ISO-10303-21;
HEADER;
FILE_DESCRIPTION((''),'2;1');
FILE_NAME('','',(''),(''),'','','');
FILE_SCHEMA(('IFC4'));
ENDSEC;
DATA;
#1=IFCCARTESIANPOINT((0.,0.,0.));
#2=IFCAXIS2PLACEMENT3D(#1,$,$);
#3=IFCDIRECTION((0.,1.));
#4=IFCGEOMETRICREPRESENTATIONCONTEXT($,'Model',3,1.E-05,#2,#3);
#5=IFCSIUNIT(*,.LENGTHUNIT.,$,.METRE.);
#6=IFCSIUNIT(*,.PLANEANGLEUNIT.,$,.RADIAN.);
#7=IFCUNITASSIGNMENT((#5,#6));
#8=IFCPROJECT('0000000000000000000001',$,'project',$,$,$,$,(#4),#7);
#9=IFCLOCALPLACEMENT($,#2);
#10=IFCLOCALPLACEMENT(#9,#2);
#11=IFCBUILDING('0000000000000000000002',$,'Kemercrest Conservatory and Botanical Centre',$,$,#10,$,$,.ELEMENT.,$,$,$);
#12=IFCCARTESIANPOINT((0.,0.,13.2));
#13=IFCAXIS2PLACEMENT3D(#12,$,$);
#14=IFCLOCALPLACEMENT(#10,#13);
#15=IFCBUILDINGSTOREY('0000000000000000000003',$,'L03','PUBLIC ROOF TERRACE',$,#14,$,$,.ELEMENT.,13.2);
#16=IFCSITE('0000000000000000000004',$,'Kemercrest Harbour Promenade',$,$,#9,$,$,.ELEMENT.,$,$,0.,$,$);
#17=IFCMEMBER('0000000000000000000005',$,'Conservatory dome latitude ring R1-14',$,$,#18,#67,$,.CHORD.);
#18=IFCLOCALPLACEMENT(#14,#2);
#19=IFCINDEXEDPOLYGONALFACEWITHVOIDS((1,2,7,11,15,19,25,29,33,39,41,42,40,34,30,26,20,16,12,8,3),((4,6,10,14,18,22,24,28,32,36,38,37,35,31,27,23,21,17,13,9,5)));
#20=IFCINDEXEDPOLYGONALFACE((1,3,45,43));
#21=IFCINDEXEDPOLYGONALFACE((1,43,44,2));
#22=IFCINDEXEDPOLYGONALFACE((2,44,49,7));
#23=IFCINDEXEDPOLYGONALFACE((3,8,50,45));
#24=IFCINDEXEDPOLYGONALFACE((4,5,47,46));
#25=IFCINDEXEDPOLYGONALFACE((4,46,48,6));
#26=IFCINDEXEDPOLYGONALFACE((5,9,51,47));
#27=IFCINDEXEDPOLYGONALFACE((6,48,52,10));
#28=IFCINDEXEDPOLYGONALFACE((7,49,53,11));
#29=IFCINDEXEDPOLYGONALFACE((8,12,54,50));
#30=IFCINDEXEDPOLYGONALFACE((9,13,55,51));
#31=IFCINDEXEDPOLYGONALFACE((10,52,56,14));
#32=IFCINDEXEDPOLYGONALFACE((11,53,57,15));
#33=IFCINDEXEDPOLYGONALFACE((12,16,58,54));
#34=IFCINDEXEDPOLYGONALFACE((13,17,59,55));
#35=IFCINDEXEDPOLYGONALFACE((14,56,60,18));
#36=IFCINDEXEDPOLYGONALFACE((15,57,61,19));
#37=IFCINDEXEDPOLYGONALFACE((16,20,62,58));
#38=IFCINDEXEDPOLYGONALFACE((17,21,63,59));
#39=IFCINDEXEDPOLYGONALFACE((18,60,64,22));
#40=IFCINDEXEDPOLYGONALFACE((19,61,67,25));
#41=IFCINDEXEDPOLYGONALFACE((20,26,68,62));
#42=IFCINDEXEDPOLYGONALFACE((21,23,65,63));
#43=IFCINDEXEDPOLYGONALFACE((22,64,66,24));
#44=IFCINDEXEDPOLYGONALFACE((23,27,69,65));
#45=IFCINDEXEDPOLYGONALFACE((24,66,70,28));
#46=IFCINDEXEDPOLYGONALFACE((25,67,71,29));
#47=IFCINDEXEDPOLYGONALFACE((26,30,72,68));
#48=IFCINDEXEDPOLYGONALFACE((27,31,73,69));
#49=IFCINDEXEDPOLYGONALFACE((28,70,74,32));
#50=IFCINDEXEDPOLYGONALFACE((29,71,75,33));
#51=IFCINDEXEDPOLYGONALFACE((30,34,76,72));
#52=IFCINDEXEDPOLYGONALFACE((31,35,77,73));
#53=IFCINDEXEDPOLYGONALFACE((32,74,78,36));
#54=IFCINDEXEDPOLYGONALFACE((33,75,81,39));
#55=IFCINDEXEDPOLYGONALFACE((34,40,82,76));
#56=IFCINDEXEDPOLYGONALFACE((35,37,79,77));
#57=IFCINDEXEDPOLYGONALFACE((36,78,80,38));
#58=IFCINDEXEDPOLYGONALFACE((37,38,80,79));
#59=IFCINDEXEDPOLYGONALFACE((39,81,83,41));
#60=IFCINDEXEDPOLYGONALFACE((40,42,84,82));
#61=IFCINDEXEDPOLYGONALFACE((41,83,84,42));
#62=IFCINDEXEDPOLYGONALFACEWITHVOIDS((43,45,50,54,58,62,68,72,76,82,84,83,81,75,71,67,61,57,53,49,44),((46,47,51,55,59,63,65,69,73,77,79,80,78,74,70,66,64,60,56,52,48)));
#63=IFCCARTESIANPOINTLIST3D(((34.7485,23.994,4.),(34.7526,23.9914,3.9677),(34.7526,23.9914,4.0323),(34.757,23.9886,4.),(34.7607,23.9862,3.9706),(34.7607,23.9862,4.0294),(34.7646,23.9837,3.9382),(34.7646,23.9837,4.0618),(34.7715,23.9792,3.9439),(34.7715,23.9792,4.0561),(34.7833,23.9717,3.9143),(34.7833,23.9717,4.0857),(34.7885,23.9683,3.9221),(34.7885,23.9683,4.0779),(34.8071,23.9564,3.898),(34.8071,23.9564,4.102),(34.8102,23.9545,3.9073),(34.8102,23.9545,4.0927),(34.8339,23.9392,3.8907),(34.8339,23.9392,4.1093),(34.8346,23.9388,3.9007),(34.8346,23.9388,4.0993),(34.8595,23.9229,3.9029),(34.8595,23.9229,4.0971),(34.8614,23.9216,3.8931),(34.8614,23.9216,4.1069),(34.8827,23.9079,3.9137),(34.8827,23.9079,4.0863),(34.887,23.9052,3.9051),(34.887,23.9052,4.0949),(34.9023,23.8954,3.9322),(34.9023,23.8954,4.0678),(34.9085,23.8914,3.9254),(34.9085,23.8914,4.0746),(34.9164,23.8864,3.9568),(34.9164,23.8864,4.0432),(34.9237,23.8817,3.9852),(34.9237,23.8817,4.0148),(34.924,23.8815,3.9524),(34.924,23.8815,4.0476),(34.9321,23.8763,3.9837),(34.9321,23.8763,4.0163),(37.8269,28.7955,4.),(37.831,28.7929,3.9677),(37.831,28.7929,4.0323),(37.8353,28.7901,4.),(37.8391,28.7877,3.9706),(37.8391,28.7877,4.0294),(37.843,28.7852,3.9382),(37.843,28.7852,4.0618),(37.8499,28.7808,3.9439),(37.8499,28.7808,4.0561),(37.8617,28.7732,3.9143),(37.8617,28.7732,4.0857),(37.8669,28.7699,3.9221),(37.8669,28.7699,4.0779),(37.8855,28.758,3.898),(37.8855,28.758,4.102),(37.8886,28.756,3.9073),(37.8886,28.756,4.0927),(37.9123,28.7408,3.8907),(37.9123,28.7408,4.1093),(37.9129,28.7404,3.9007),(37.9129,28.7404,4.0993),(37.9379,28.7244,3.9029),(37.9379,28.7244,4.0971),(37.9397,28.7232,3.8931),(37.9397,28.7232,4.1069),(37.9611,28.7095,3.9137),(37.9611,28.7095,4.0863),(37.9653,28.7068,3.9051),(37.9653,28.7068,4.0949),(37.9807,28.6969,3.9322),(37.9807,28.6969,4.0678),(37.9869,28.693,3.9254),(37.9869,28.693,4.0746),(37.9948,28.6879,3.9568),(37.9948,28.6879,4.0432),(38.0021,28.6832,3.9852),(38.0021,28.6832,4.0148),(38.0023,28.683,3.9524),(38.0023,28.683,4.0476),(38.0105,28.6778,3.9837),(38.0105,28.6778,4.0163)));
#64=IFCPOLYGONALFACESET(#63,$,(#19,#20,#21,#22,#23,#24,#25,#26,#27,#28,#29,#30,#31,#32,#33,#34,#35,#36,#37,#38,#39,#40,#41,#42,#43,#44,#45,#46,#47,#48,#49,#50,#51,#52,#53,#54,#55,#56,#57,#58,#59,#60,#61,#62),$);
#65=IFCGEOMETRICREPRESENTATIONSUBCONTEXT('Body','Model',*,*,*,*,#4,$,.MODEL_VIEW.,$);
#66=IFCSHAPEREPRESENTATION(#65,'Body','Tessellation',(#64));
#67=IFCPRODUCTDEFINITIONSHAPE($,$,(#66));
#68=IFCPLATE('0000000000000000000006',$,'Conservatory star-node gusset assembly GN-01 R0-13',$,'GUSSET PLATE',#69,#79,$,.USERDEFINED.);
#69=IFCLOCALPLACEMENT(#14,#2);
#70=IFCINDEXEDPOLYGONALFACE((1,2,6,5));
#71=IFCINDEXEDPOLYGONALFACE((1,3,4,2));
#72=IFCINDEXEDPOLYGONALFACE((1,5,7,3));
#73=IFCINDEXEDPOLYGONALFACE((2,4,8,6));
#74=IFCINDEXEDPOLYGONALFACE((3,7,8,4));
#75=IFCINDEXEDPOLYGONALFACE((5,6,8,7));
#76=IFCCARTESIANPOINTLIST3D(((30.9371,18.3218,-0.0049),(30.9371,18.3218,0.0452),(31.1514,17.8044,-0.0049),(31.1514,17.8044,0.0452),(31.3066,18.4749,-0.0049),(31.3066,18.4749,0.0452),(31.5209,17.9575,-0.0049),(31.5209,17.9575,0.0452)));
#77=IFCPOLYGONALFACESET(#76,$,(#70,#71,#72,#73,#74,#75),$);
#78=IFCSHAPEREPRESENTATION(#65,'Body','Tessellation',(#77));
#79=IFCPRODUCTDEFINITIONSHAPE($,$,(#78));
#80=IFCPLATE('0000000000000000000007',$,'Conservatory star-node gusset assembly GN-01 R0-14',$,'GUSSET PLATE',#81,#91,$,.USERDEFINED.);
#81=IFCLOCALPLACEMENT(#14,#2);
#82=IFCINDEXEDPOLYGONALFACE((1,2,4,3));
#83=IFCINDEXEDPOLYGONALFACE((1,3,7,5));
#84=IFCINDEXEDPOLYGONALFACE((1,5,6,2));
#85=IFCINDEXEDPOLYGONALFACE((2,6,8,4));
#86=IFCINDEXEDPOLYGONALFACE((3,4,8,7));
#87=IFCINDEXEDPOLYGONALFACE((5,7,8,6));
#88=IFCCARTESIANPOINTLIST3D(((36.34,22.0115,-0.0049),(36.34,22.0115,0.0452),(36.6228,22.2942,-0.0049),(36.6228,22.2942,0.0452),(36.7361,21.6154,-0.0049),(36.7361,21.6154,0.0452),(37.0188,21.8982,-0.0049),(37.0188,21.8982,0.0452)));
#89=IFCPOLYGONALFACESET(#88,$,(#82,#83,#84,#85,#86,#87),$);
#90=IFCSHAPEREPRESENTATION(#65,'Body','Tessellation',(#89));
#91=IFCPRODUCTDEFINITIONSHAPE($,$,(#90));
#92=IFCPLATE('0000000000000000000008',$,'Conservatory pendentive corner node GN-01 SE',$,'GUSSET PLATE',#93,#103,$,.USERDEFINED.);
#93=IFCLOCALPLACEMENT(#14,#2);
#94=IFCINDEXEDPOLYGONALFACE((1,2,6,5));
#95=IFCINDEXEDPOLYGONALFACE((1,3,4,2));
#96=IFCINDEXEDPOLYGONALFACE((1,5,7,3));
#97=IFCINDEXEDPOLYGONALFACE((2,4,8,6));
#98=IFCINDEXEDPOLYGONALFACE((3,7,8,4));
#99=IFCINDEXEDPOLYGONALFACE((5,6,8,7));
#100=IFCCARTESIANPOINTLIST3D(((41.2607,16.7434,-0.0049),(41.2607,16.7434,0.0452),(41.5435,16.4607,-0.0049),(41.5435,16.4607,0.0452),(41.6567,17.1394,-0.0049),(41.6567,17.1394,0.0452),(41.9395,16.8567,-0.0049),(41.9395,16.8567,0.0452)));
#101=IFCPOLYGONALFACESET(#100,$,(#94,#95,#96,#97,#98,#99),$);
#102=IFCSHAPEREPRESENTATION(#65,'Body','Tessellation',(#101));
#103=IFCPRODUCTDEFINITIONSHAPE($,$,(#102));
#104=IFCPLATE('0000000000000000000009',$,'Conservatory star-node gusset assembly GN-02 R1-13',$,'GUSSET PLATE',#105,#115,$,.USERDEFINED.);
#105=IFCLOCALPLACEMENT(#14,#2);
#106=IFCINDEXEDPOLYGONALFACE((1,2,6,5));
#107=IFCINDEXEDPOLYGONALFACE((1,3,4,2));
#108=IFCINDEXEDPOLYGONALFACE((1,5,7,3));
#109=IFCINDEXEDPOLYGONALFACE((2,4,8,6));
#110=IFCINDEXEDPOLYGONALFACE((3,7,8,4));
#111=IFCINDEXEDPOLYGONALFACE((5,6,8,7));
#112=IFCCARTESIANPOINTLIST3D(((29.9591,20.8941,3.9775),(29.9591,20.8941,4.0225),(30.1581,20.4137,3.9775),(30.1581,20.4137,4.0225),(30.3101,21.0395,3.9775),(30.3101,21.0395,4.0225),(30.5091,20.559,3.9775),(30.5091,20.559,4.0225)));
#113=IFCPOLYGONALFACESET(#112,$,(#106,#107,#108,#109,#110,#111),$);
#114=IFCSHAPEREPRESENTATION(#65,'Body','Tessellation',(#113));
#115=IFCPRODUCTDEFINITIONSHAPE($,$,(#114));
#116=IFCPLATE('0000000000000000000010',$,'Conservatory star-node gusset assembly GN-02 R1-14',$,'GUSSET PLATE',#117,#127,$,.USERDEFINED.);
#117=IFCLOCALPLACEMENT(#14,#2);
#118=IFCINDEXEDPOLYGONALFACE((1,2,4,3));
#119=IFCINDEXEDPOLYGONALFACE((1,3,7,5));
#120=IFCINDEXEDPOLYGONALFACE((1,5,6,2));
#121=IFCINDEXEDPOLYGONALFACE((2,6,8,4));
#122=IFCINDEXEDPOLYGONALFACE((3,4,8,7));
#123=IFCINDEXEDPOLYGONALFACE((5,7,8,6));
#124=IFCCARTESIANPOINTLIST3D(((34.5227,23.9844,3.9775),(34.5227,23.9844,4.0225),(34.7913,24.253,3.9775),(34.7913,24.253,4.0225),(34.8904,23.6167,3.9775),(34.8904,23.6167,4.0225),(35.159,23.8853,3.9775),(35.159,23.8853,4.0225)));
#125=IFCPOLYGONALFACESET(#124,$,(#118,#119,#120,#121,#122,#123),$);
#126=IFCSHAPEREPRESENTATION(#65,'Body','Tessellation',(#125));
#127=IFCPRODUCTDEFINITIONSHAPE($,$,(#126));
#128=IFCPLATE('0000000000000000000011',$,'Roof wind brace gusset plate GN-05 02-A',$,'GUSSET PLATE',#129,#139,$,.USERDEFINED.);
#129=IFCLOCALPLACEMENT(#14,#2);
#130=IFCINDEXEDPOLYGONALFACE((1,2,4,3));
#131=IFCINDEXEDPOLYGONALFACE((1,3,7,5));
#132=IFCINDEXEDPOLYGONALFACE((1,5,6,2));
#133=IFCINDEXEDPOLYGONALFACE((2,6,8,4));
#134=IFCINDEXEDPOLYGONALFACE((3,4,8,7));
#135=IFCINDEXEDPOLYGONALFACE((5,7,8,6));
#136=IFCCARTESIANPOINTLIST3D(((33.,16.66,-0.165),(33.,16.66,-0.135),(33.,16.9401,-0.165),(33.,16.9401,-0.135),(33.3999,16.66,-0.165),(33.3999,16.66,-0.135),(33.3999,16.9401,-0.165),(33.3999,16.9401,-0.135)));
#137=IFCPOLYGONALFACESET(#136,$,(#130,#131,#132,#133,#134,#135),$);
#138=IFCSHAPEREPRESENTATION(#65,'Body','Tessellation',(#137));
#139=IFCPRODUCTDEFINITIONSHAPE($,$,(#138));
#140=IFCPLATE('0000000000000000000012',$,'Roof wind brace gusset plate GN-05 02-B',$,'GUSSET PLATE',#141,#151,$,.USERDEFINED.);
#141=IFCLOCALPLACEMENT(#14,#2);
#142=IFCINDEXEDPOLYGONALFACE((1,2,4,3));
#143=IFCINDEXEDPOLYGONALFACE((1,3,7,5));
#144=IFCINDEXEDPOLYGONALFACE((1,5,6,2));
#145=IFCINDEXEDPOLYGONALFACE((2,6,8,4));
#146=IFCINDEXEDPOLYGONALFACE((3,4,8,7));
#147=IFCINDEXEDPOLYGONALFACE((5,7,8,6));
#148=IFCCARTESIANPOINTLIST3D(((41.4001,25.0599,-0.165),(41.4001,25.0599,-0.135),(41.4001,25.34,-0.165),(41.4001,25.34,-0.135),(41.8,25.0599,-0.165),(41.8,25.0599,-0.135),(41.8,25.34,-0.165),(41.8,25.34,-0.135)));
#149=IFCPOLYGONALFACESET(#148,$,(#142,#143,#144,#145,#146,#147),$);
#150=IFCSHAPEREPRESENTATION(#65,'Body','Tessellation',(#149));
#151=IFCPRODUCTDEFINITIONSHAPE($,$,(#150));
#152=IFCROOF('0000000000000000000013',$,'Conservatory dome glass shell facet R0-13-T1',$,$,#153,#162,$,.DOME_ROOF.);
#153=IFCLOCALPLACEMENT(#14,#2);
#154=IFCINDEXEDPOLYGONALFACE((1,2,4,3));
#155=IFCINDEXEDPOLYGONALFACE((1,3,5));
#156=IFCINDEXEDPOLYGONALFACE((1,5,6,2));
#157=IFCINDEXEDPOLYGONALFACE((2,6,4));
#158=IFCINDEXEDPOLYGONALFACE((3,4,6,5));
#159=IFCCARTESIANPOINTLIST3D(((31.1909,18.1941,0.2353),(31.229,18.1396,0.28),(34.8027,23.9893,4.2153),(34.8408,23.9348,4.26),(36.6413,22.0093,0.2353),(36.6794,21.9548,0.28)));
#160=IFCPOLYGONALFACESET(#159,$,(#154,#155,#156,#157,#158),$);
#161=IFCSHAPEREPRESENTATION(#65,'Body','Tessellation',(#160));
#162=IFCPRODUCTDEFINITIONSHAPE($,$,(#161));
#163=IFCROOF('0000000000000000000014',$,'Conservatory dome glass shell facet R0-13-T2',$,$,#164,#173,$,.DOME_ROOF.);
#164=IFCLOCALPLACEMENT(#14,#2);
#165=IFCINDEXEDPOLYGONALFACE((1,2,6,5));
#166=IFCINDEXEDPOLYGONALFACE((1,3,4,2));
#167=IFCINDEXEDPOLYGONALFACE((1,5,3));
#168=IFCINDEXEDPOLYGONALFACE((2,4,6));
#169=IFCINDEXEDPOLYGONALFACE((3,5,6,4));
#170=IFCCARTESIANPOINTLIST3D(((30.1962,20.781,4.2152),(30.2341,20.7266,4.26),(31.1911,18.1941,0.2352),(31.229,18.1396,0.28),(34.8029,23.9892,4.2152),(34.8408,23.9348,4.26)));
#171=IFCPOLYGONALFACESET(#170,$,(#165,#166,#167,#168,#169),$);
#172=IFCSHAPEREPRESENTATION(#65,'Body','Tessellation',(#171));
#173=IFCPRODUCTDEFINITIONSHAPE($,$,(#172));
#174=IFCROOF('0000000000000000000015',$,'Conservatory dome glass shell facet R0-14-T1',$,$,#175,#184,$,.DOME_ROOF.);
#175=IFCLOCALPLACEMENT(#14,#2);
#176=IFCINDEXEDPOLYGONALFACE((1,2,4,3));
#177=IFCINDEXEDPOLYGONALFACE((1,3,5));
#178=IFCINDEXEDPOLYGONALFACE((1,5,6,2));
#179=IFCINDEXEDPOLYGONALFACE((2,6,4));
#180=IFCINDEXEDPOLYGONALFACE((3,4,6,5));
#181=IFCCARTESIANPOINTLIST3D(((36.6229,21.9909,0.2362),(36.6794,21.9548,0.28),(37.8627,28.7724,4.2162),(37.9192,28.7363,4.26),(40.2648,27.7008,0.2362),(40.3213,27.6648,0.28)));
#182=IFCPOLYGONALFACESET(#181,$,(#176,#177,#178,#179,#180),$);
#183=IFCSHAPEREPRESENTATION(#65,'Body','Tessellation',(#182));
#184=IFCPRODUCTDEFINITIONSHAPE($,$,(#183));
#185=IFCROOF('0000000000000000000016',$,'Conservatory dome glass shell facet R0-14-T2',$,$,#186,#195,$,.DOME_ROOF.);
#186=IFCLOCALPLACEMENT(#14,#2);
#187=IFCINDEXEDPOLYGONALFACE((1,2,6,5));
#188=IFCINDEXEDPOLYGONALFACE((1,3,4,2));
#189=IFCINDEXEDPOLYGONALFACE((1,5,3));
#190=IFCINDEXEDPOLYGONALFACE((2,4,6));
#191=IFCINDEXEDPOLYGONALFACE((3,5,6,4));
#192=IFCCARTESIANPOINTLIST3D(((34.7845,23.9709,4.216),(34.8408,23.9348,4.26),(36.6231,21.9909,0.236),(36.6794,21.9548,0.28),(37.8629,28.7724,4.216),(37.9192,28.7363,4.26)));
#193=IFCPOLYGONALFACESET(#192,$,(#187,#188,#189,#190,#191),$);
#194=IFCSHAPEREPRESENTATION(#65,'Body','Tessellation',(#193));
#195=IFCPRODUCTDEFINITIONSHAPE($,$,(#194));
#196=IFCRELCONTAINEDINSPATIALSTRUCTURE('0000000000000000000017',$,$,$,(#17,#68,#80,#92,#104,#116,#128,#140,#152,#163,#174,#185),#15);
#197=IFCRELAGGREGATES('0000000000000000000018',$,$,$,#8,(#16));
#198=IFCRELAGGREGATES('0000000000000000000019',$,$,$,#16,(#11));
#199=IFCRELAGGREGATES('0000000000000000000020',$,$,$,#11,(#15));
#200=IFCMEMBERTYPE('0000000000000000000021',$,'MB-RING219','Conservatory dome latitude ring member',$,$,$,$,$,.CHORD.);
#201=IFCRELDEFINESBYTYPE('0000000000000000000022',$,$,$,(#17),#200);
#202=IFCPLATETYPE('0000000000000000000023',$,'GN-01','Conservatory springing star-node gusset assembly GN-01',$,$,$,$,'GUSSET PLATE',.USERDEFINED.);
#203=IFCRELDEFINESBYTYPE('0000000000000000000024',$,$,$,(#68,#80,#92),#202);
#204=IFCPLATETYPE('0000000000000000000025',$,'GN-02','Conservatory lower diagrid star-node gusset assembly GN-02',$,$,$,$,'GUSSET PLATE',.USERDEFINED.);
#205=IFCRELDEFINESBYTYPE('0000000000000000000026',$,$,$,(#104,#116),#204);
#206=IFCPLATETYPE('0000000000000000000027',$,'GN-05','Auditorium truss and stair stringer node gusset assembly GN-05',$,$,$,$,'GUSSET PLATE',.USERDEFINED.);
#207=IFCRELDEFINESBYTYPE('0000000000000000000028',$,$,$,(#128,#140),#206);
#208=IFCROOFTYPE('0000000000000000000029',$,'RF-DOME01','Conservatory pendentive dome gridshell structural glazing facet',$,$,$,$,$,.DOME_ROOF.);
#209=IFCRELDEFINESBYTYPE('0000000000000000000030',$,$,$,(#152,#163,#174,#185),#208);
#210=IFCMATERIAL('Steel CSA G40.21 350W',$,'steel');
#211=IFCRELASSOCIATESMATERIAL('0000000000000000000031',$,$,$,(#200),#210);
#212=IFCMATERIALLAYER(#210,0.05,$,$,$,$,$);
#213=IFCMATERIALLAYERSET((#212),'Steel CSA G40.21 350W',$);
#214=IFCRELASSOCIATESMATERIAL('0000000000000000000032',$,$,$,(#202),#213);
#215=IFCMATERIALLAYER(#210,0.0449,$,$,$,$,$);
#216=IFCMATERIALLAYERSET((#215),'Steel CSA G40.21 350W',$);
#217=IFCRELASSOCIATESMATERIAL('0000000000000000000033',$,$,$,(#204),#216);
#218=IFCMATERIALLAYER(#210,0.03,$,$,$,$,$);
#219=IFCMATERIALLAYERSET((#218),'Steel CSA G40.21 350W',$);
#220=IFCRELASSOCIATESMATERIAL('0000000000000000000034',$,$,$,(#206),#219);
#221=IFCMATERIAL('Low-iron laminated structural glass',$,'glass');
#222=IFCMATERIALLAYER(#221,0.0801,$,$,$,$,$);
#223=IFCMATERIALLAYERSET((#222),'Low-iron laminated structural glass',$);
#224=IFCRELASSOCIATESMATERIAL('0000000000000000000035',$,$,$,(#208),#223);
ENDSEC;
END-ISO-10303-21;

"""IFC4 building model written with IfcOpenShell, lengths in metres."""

from ifc_helpers import new_model, si_unit, direction, frame, origin, origin_2d, place, context, subcontext, project, spatial, polyline, rectangle, hollow_circle, outline, extrude, material, layer, layer_set, material_profile, profile_set, type_object, element, save


model = new_model("IFC4")

# Units and contexts
model_context = context("Model", 3, precision=1e-05, world=origin(), true_north=direction((0.0, 1.0)))
body_context = subcontext(model_context, "Body", "Model", "MODEL_VIEW")
ifc_project = project(units=[si_unit("LENGTHUNIT", "METRE"), si_unit("PLANEANGLEUNIT", "RADIAN")], contexts=[model_context])

# Site, building, storey
site_placement = place(None, origin())
site = spatial("IfcSite", under=ifc_project, at=site_placement, Name="Kemercrest Harbour Promenade", CompositionType="ELEMENT", RefElevation=0.0)
building_placement = place(site_placement, origin())
building = spatial("IfcBuilding", under=site, at=building_placement, Name="Kemercrest Conservatory and Botanical Centre", CompositionType="ELEMENT")
storey_placement = place(building_placement, frame((0.0, 0.0, 13.2)))
storey = spatial("IfcBuildingStorey", under=building, at=storey_placement, Name="L03", Description="PUBLIC ROOF TERRACE", CompositionType="ELEMENT", Elevation=13.2)

# Shared definitions
ifc_material_1 = material(Name="Steel CSA G40.21 350W", Category="steel")

# Member
ifc_material_profile_1 = material_profile(ifc_material_1, hollow_circle(Radius=0.1096, WallThickness=0.01, at=origin_2d()), Name="CHS 219.1x10.0")
ifc_profile_set_1 = profile_set([ifc_material_profile_1], Name="Steel CSA G40.21 350W")
member_type_1 = type_object("IfcMemberType", Name="MB-RING219", Description="Conservatory dome latitude ring member", PredefinedType="CHORD", material=ifc_profile_set_1)
member_1_placement = place(storey_placement, frame((34.8408, 23.9348, 4.0), z_axis=(0.539725, 0.841841, 0.0), x_axis=(-0.841841, 0.539725, 0.0)))
element("IfcMember", 1, at=member_1_placement, inside=storey, type_object=member_type_1, Name="Conservatory dome latitude ring R1-14", PredefinedType="CHORD", context=body_context, shape_type="SweptSolid", body=[
    extrude(hollow_circle(Radius=0.1096, WallThickness=0.01, at=origin_2d()), origin(), (0.0, 0.0, 1.0), 5.7036),
])

# Plates
ifc_layer_1 = layer(ifc_material_1, 0.05)
ifc_layer_set_1 = layer_set([ifc_layer_1], Name="Steel CSA G40.21 350W")
plate_type_1 = type_object("IfcPlateType", Name="GN-01", Description="Conservatory springing star-node gusset assembly GN-01", ElementType="GUSSET PLATE", PredefinedType="USERDEFINED", material=ifc_layer_set_1)
for number, where, z_axis, x_axis, name in (
    (2, (31.229, 18.1396, -0.0049), (0.0, 0.0, 1.0), (-0.382683, 0.92388, 0.0), "Conservatory star-node gusset assembly GN-01 R0-13"),
    (3, (36.6794, 21.9548, -0.0049), (0.0, 0.0, 1.0), (-0.707107, 0.707107, 0.0), "Conservatory star-node gusset assembly GN-01 R0-14"),
    (4, (41.6001, 16.8, -0.0049), (0.0, 0.0, 1.0), (0.707107, 0.707107, 0.0), "Conservatory pendentive corner node GN-01 SE"),
):
    element("IfcPlate", number, at=place(storey_placement, frame(where, z_axis=z_axis, x_axis=x_axis)), inside=storey, type_object=plate_type_1, Name=name, ObjectType="GUSSET PLATE", PredefinedType="USERDEFINED", context=body_context, shape_type="SweptSolid", body=[
        extrude(rectangle(XDim=0.5601, YDim=0.3999, at=origin_2d()), origin(), (0.0, 0.0, 1.0), 0.05),
    ])
ifc_layer_2 = layer(ifc_material_1, 0.0449)
ifc_layer_set_2 = layer_set([ifc_layer_2], Name="Steel CSA G40.21 350W")
plate_type_2 = type_object("IfcPlateType", Name="GN-02", Description="Conservatory lower diagrid star-node gusset assembly GN-02", ElementType="GUSSET PLATE", PredefinedType="USERDEFINED", material=ifc_layer_set_2)
for number, where, z_axis, x_axis, name in (
    (5, (30.2341, 20.7266, 3.9775), (0.0, 0.0, 1.0), (-0.382683, 0.92388, 0.0), "Conservatory star-node gusset assembly GN-02 R1-13"),
    (6, (34.8408, 23.9348, 3.9775), (0.0, 0.0, 1.0), (-0.707107, 0.707107, 0.0), "Conservatory star-node gusset assembly GN-02 R1-14"),
):
    element("IfcPlate", number, at=place(storey_placement, frame(where, z_axis=z_axis, x_axis=x_axis)), inside=storey, type_object=plate_type_2, Name=name, ObjectType="GUSSET PLATE", PredefinedType="USERDEFINED", context=body_context, shape_type="SweptSolid", body=[
        extrude(rectangle(XDim=0.52, YDim=0.3799, at=origin_2d()), origin(), (0.0, 0.0, 1.0), 0.0449),
    ])
ifc_layer_3 = layer(ifc_material_1, 0.03)
ifc_layer_set_3 = layer_set([ifc_layer_3], Name="Steel CSA G40.21 350W")
plate_type_3 = type_object("IfcPlateType", Name="GN-05", Description="Auditorium truss and stair stringer node gusset assembly GN-05", ElementType="GUSSET PLATE", PredefinedType="USERDEFINED", material=ifc_layer_set_3)
for number, where, z_axis, x_axis, name in (
    (7, (33.2, 16.8, -0.165), (0.0, 0.0, 1.0), (1.0, 0.0, 0.0), "Roof wind brace gusset plate GN-05 02-A"),
    (8, (41.6001, 25.2, -0.165), (0.0, 0.0, 1.0), (1.0, 0.0, 0.0), "Roof wind brace gusset plate GN-05 02-B"),
):
    element("IfcPlate", number, at=place(storey_placement, frame(where, z_axis=z_axis, x_axis=x_axis)), inside=storey, type_object=plate_type_3, Name=name, ObjectType="GUSSET PLATE", PredefinedType="USERDEFINED", context=body_context, shape_type="SweptSolid", body=[
        extrude(rectangle(XDim=0.3999, YDim=0.28, at=origin_2d()), origin(), (0.0, 0.0, 1.0), 0.03),
    ])

# Roofs
ifc_material_2 = material(Name="Low-iron laminated structural glass", Category="glass")
ifc_layer_4 = layer(ifc_material_2, 0.0801)
ifc_layer_set_4 = layer_set([ifc_layer_4], Name="Low-iron laminated structural glass")
roof_type = type_object("IfcRoofType", Name="RF-DOME01", Description="Conservatory pendentive dome gridshell structural glazing facet", PredefinedType="DOME_ROOF", material=ifc_layer_set_4)
roof_1_placement = place(storey_placement, frame((31.229, 18.1396, 0.28), z_axis=(0.47586, -0.679821, 0.558033), x_axis=(0.819241, 0.57345, 0.0)))
element("IfcRoof", 9, at=roof_1_placement, inside=storey, type_object=roof_type, Name="Conservatory dome glass shell facet R0-13-T1", PredefinedType="DOME_ROOF", context=body_context, shape_type="SweptSolid", body=[
    extrude(outline(polyline([(0.0, 0.0), (6.653, 0.0), (6.2822, 4.7962), (0.0, 0.0)])), origin(), (0.0, 0.0, -1.0), 0.0801),
])
roof_2_placement = place(storey_placement, frame((31.229, 18.1396, 0.28), z_axis=(0.473413, -0.679768, 0.560175), x_axis=(0.456974, 0.733216, 0.503555)))
element("IfcRoof", 10, at=roof_2_placement, inside=storey, type_object=roof_type, Name="Conservatory dome glass shell facet R0-13-T2", PredefinedType="DOME_ROOF", context=body_context, shape_type="SweptSolid", body=[
    extrude(outline(polyline([(0.0, 0.0), (7.9038, 0.0), (3.4463, 3.4125), (0.0, 0.0)])), origin(), (0.0, 0.0, -1.0), 0.0801),
])
roof_3_placement = place(storey_placement, frame((36.6794, 21.9548, 0.28), z_axis=(0.705727, -0.450117, 0.547124), x_axis=(0.537741, 0.84311, 0.0)))
element("IfcRoof", 11, at=roof_3_placement, inside=storey, type_object=roof_type, Name="Conservatory dome glass shell facet R0-14-T1", PredefinedType="DOME_ROOF", context=body_context, shape_type="SweptSolid", body=[
    extrude(outline(polyline([(0.0, 0.0), (6.7725, 0.0), (6.3842, 4.7548), (0.0, 0.0)])), origin(), (0.0, 0.0, -1.0), 0.0801),
])
roof_4_placement = place(storey_placement, frame((36.6794, 21.9548, 0.28), z_axis=(0.703445, -0.450996, 0.549333), x_axis=(0.155742, 0.851918, 0.499981)))
element("IfcRoof", 12, at=roof_4_placement, inside=storey, type_object=roof_type, Name="Conservatory dome glass shell facet R0-14-T2", PredefinedType="DOME_ROOF", context=body_context, shape_type="SweptSolid", body=[
    extrude(outline(polyline([(0.0, 0.0), (7.9603, 0.0), (3.3903, 3.4127), (0.0, 0.0)])), origin(), (0.0, 0.0, -1.0), 0.0801),
])

save(model, "model.ifc")
